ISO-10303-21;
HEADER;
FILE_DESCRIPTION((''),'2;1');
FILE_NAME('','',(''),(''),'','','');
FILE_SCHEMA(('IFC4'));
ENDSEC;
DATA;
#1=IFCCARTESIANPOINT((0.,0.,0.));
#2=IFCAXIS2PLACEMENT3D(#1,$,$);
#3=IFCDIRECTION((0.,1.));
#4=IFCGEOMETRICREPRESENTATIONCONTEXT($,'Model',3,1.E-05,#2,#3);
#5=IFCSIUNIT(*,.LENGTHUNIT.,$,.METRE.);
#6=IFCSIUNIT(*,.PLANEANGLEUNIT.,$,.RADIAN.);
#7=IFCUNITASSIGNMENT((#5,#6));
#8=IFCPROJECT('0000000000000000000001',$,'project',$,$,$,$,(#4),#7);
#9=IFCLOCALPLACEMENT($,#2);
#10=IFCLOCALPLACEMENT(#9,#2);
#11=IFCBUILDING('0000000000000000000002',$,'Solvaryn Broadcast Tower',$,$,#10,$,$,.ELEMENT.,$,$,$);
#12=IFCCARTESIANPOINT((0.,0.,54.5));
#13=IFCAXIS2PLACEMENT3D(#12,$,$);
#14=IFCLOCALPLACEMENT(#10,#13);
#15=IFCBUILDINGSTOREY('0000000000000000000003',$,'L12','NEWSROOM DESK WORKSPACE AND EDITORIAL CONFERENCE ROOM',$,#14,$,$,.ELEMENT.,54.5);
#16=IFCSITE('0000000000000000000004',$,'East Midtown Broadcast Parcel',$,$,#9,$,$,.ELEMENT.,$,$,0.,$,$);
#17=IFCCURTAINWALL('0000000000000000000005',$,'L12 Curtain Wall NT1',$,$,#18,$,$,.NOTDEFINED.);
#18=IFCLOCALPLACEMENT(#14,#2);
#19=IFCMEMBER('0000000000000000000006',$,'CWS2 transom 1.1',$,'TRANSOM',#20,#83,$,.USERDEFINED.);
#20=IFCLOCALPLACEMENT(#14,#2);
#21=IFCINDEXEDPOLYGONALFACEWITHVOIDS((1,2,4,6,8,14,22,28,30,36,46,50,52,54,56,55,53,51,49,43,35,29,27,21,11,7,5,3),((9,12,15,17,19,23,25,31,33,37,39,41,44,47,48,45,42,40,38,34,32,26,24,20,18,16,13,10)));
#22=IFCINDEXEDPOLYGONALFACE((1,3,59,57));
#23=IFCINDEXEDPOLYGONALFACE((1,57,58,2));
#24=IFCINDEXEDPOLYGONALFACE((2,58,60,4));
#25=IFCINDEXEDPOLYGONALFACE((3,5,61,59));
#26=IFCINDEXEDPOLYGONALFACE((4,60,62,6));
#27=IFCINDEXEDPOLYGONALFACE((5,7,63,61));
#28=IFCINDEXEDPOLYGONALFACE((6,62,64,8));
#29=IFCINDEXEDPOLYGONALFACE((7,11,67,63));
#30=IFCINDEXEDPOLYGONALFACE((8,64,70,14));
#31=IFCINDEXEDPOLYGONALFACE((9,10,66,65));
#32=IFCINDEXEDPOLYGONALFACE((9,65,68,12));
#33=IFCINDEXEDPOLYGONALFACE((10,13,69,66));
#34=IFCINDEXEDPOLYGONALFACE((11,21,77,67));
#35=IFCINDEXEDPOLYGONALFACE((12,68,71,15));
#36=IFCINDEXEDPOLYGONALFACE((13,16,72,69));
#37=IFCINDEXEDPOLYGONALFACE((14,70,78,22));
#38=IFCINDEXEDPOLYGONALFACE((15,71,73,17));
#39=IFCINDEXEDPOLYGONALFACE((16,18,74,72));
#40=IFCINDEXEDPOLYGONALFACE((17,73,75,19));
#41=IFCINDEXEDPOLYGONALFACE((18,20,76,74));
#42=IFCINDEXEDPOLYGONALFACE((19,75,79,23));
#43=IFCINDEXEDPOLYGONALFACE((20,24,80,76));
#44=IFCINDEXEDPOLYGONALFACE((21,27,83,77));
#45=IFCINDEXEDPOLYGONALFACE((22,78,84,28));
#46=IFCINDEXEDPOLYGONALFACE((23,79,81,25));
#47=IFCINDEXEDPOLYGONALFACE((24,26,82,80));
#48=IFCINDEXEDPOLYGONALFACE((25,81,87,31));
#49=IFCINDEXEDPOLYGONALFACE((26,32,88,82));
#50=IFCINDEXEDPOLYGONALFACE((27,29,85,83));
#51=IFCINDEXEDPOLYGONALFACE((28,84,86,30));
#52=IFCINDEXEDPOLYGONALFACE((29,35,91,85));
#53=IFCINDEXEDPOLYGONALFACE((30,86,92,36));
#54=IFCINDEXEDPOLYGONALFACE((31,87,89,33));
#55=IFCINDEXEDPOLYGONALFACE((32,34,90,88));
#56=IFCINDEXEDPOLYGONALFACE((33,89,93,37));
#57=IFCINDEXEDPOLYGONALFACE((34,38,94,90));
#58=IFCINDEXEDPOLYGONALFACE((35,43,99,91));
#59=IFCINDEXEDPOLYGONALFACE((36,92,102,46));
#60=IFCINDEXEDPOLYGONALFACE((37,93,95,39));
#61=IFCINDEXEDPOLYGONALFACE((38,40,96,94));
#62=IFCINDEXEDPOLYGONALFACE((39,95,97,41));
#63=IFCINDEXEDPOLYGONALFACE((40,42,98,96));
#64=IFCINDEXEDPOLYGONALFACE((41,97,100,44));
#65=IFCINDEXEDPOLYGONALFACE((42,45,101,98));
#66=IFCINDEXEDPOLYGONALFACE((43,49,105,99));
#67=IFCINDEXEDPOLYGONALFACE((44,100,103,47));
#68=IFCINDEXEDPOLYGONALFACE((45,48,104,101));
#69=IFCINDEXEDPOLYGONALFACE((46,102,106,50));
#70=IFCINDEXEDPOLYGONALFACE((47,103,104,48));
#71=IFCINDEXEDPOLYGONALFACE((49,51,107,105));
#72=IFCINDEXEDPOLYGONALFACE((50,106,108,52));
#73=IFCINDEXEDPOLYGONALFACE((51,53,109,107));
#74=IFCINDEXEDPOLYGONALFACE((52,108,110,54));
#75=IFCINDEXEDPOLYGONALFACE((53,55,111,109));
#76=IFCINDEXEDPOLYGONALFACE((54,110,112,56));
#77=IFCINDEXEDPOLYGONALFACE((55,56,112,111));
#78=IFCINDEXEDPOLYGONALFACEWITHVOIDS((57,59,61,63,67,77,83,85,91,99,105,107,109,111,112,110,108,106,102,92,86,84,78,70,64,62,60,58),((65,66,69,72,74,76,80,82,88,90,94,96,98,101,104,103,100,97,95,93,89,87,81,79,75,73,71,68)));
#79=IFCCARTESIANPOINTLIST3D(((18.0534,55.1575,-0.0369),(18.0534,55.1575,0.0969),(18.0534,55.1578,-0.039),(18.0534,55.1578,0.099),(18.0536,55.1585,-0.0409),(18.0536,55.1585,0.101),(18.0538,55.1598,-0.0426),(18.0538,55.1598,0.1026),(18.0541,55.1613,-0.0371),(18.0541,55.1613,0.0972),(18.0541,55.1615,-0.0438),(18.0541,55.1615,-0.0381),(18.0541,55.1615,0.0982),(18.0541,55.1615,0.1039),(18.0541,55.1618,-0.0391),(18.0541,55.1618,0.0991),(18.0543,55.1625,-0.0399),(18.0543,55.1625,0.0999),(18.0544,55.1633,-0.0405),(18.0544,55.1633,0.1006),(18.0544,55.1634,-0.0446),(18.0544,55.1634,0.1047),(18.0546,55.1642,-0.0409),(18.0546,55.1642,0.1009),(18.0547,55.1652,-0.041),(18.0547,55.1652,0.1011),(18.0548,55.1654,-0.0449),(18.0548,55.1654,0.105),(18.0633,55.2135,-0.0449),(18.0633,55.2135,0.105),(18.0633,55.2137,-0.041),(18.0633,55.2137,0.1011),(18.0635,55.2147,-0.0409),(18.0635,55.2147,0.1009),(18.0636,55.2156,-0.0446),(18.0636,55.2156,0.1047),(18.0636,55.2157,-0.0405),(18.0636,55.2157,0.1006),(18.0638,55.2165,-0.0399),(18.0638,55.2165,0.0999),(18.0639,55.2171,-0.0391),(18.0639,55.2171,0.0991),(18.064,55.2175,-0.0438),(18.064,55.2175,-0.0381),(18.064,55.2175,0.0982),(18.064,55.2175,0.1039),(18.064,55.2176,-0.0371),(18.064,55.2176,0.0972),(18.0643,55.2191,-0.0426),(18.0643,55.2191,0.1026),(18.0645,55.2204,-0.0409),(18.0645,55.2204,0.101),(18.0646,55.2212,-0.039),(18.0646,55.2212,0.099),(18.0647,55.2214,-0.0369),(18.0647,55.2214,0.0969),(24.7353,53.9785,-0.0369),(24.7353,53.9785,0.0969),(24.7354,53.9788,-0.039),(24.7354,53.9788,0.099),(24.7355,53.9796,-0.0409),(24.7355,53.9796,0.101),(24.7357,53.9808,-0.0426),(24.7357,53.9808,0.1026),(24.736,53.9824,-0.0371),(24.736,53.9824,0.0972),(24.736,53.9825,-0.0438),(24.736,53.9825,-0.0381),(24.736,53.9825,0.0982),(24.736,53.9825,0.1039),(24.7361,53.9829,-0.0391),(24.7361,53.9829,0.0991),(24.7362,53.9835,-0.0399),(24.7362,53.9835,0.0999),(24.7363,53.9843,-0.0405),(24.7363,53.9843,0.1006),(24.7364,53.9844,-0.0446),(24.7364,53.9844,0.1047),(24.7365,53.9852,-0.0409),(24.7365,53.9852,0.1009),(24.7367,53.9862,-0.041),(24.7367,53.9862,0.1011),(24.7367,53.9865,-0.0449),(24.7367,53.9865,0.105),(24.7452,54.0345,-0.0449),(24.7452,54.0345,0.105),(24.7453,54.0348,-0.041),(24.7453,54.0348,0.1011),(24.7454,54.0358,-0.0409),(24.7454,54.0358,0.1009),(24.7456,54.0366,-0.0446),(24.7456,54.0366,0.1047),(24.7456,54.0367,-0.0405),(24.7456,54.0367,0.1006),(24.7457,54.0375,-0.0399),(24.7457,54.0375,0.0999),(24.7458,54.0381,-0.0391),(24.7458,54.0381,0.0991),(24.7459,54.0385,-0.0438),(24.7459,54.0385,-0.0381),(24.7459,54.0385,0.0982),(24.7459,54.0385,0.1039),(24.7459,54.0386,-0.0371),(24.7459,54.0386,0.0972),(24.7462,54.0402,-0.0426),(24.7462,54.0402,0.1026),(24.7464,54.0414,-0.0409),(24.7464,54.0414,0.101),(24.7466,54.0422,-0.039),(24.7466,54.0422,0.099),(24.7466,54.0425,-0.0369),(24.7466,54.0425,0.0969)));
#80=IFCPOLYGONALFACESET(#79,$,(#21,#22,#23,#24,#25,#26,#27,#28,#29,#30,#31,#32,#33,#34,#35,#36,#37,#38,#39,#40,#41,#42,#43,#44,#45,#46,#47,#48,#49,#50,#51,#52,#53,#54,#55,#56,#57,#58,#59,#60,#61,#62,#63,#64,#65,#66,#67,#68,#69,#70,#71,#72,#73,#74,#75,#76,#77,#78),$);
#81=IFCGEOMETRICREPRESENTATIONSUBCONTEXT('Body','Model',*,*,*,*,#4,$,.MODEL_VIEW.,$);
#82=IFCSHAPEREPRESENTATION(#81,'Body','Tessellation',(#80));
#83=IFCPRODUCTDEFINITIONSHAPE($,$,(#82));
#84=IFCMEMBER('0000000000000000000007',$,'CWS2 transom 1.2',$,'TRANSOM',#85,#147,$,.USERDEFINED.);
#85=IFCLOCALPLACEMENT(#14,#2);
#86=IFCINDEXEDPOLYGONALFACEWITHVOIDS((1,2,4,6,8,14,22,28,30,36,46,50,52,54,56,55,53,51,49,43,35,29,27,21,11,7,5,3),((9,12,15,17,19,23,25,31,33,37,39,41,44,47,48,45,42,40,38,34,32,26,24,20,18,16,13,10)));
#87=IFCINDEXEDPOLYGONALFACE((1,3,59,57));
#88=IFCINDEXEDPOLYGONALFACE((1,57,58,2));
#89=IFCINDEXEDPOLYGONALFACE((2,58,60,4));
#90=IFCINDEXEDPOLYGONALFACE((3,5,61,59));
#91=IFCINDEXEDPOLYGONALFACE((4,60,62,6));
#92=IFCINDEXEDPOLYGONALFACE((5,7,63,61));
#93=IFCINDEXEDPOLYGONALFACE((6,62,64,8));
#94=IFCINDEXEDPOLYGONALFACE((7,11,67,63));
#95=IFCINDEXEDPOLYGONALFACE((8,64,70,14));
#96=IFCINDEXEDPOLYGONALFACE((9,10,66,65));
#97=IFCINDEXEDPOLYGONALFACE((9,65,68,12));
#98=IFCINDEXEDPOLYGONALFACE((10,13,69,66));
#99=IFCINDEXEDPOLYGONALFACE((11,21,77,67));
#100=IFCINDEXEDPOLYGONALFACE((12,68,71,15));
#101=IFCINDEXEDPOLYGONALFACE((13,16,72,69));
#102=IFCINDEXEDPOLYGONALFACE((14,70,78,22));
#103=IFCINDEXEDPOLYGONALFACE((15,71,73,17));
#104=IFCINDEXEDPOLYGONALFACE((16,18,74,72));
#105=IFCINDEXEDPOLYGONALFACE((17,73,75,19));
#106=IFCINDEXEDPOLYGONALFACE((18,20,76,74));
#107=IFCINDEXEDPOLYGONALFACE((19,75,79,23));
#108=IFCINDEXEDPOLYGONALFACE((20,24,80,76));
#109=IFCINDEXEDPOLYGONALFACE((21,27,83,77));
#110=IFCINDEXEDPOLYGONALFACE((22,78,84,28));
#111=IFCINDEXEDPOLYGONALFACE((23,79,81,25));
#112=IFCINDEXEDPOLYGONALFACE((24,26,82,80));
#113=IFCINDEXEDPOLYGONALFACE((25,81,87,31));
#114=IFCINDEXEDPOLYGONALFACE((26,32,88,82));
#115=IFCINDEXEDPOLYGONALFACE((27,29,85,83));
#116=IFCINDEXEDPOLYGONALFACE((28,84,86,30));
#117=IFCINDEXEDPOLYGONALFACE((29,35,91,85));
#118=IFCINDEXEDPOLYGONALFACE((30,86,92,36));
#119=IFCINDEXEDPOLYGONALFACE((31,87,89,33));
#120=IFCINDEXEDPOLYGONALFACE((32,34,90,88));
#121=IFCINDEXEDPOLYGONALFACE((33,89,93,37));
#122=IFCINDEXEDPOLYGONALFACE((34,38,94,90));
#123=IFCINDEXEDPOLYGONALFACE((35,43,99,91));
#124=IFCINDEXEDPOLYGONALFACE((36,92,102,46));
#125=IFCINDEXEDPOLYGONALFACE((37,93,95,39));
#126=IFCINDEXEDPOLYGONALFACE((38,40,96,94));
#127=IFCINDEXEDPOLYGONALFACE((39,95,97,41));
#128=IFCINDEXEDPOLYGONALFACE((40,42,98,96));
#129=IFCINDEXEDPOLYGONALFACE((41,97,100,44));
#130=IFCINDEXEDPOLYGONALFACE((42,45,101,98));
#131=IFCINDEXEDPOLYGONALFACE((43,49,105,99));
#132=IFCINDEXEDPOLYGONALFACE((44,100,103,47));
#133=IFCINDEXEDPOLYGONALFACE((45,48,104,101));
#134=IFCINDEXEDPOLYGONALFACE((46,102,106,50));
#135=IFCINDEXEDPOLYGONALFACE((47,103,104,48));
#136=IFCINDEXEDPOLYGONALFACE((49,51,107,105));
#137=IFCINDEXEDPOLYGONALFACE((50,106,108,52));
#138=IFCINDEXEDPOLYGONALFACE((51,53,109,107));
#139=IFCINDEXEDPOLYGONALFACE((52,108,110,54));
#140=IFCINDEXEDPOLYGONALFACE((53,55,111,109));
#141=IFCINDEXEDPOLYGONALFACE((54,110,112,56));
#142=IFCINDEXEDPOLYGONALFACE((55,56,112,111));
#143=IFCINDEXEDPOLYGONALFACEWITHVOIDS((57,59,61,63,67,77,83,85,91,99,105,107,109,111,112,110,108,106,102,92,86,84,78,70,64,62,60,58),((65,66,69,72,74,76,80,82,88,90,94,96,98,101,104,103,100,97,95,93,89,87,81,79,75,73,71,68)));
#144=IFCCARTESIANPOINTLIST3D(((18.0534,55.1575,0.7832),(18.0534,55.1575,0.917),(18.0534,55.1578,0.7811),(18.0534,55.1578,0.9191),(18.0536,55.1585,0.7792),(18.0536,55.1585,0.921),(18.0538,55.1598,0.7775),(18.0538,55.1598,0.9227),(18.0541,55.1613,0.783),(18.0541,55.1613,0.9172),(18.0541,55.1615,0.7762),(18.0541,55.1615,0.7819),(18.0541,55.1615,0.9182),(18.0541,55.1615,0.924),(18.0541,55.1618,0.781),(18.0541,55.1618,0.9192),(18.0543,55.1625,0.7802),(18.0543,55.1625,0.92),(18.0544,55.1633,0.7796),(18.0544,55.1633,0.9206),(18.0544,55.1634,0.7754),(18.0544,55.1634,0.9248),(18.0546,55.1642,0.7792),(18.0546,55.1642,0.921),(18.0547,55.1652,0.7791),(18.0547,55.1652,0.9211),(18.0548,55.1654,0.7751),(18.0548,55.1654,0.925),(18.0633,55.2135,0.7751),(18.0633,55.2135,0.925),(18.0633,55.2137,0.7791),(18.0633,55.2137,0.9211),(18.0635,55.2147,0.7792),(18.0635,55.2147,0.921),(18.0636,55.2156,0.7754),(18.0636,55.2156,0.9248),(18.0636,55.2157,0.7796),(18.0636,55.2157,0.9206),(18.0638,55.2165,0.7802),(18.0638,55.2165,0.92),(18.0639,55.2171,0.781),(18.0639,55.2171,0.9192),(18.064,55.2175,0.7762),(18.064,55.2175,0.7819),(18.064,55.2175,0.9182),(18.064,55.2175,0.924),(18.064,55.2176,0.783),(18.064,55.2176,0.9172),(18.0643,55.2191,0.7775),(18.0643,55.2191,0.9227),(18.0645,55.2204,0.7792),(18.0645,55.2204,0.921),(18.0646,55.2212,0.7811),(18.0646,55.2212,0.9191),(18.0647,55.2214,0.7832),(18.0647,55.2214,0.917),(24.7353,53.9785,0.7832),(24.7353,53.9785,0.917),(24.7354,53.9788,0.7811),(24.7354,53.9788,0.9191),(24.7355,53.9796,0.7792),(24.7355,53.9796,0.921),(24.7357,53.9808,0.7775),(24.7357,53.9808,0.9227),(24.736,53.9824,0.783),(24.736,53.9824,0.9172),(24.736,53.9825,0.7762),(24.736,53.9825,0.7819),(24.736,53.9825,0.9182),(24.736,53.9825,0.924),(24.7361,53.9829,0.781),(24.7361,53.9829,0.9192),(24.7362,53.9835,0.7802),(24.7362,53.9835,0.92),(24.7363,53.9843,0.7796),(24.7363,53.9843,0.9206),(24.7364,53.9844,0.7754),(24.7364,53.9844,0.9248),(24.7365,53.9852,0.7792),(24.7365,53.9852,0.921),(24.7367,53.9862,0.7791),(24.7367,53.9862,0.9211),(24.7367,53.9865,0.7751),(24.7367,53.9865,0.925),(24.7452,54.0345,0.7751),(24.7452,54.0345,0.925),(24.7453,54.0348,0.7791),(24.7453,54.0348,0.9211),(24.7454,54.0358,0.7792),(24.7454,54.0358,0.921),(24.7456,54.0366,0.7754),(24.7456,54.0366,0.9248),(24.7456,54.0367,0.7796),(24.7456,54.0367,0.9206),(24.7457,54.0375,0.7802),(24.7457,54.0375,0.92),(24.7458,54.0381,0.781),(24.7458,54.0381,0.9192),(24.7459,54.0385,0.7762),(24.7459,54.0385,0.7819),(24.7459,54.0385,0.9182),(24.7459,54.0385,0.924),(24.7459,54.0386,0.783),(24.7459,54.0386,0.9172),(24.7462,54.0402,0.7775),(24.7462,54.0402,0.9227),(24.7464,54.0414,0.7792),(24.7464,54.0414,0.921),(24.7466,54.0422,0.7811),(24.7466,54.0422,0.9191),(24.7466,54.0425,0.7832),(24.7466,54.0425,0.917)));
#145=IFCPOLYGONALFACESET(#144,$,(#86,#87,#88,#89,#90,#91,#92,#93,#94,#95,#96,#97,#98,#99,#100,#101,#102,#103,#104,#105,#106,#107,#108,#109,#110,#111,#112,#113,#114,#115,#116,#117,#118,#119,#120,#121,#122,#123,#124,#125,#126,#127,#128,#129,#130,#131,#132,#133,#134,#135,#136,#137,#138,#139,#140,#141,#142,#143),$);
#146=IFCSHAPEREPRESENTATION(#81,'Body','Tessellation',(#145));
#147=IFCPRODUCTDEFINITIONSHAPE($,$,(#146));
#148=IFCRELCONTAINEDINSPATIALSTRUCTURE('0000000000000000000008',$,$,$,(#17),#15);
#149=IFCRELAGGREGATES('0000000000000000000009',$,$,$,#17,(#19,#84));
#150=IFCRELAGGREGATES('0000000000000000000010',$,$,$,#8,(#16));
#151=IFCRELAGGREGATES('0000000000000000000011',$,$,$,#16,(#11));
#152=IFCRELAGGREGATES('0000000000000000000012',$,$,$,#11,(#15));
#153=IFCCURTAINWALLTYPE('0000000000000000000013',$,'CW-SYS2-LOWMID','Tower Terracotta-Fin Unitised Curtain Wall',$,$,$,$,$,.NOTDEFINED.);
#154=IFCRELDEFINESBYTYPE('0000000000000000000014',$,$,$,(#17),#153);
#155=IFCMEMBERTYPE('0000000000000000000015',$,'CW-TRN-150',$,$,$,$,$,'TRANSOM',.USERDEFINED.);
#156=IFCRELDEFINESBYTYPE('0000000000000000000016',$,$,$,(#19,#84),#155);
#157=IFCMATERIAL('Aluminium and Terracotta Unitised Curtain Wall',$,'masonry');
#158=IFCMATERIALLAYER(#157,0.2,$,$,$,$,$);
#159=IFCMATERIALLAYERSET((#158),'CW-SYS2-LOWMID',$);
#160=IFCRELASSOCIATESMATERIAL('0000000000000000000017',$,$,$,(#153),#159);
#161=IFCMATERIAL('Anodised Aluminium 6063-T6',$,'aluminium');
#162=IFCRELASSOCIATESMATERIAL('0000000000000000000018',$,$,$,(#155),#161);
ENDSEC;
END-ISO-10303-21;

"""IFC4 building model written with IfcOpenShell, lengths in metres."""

from ifc_helpers import new_model, si_unit, direction, frame, origin, origin_2d, place, context, subcontext, project, spatial, hollow_rectangle, extrude, material, layer, layer_set, material_profile, profile_set, type_object, element, aggregate, save


model = new_model("IFC4")

# Units and contexts
model_context = context("Model", 3, precision=1e-05, world=origin(), true_north=direction((0.0, 1.0)))
body_context = subcontext(model_context, "Body", "Model", "MODEL_VIEW")
ifc_project = project(units=[si_unit("LENGTHUNIT", "METRE"), si_unit("PLANEANGLEUNIT", "RADIAN")], contexts=[model_context])

# Site, building, storey
site_placement = place(None, origin())
site = spatial("IfcSite", under=ifc_project, at=site_placement, Name="East Midtown Broadcast Parcel", CompositionType="ELEMENT", RefElevation=0.0)
building_placement = place(site_placement, origin())
building = spatial("IfcBuilding", under=site, at=building_placement, Name="Solvaryn Broadcast Tower", CompositionType="ELEMENT")
storey_placement = place(building_placement, frame((0.0, 0.0, 54.5)))
storey = spatial("IfcBuildingStorey", under=building, at=storey_placement, Name="L12", Description="NEWSROOM DESK WORKSPACE AND EDITORIAL CONFERENCE ROOM", CompositionType="ELEMENT", Elevation=54.5)

# Curtain wall
ifc_material_1 = material(Name="Aluminium and Terracotta Unitised Curtain Wall", Category="masonry")
ifc_layer_1 = layer(ifc_material_1, 0.2)
ifc_layer_set_1 = layer_set([ifc_layer_1], Name="CW-SYS2-LOWMID")
curtain_wall_type = type_object("IfcCurtainWallType", Name="CW-SYS2-LOWMID", Description="Tower Terracotta-Fin Unitised Curtain Wall", PredefinedType="NOTDEFINED", material=ifc_layer_set_1)
curtain_wall_1_placement = place(storey_placement, origin())
curtain_wall_1 = element("IfcCurtainWall", 1, at=curtain_wall_1_placement, inside=storey, type_object=curtain_wall_type, Name="L12 Curtain Wall NT1", PredefinedType="NOTDEFINED")

# Members
ifc_material_2 = material(Name="Anodised Aluminium 6063-T6", Category="aluminium")
ifc_material_profile_1 = material_profile(ifc_material_2, hollow_rectangle(XDim=0.0649, YDim=0.1499, WallThickness=0.0039, InnerFilletRadius=0.0039, OuterFilletRadius=0.0081, at=origin_2d()))
ifc_profile_set_1 = profile_set([ifc_material_profile_1], Name="Anodised Aluminium 6063-T6")
member_type_1 = type_object("IfcMemberType", Name="CW-TRN-150", ElementType="TRANSOM", PredefinedType="USERDEFINED", material=ifc_profile_set_1)
member_1_placement = place(storey_placement, frame((24.741, 54.0105, 0.03), z_axis=(-0.984789, 0.173757, 0.0), x_axis=(-0.173757, -0.984789, 0.0)))
member_1 = element("IfcMember", 2, at=member_1_placement, type_object=member_type_1, Name="CWS2 transom 1.1", ObjectType="TRANSOM", PredefinedType="USERDEFINED", context=body_context, shape_type="SweptSolid", body=[
    extrude(hollow_rectangle(XDim=0.0649, YDim=0.1499, WallThickness=0.0039, InnerFilletRadius=0.0039, OuterFilletRadius=0.0081, at=origin_2d()), origin(), (0.0, 0.0, 1.0), 6.7852),
])
member_2_placement = place(storey_placement, frame((24.741, 54.0105, 0.8501), z_axis=(-0.984789, 0.173757, 0.0), x_axis=(-0.173757, -0.984789, 0.0)))
member_2 = element("IfcMember", 3, at=member_2_placement, type_object=member_type_1, Name="CWS2 transom 1.2", ObjectType="TRANSOM", PredefinedType="USERDEFINED", context=body_context, shape_type="SweptSolid", body=[
    extrude(hollow_rectangle(XDim=0.0649, YDim=0.1499, WallThickness=0.0039, InnerFilletRadius=0.0039, OuterFilletRadius=0.0081, at=origin_2d()), origin(), (0.0, 0.0, 1.0), 6.7852),
])

aggregate(curtain_wall_1, [member_1, member_2])

save(model, "model.ifc")
